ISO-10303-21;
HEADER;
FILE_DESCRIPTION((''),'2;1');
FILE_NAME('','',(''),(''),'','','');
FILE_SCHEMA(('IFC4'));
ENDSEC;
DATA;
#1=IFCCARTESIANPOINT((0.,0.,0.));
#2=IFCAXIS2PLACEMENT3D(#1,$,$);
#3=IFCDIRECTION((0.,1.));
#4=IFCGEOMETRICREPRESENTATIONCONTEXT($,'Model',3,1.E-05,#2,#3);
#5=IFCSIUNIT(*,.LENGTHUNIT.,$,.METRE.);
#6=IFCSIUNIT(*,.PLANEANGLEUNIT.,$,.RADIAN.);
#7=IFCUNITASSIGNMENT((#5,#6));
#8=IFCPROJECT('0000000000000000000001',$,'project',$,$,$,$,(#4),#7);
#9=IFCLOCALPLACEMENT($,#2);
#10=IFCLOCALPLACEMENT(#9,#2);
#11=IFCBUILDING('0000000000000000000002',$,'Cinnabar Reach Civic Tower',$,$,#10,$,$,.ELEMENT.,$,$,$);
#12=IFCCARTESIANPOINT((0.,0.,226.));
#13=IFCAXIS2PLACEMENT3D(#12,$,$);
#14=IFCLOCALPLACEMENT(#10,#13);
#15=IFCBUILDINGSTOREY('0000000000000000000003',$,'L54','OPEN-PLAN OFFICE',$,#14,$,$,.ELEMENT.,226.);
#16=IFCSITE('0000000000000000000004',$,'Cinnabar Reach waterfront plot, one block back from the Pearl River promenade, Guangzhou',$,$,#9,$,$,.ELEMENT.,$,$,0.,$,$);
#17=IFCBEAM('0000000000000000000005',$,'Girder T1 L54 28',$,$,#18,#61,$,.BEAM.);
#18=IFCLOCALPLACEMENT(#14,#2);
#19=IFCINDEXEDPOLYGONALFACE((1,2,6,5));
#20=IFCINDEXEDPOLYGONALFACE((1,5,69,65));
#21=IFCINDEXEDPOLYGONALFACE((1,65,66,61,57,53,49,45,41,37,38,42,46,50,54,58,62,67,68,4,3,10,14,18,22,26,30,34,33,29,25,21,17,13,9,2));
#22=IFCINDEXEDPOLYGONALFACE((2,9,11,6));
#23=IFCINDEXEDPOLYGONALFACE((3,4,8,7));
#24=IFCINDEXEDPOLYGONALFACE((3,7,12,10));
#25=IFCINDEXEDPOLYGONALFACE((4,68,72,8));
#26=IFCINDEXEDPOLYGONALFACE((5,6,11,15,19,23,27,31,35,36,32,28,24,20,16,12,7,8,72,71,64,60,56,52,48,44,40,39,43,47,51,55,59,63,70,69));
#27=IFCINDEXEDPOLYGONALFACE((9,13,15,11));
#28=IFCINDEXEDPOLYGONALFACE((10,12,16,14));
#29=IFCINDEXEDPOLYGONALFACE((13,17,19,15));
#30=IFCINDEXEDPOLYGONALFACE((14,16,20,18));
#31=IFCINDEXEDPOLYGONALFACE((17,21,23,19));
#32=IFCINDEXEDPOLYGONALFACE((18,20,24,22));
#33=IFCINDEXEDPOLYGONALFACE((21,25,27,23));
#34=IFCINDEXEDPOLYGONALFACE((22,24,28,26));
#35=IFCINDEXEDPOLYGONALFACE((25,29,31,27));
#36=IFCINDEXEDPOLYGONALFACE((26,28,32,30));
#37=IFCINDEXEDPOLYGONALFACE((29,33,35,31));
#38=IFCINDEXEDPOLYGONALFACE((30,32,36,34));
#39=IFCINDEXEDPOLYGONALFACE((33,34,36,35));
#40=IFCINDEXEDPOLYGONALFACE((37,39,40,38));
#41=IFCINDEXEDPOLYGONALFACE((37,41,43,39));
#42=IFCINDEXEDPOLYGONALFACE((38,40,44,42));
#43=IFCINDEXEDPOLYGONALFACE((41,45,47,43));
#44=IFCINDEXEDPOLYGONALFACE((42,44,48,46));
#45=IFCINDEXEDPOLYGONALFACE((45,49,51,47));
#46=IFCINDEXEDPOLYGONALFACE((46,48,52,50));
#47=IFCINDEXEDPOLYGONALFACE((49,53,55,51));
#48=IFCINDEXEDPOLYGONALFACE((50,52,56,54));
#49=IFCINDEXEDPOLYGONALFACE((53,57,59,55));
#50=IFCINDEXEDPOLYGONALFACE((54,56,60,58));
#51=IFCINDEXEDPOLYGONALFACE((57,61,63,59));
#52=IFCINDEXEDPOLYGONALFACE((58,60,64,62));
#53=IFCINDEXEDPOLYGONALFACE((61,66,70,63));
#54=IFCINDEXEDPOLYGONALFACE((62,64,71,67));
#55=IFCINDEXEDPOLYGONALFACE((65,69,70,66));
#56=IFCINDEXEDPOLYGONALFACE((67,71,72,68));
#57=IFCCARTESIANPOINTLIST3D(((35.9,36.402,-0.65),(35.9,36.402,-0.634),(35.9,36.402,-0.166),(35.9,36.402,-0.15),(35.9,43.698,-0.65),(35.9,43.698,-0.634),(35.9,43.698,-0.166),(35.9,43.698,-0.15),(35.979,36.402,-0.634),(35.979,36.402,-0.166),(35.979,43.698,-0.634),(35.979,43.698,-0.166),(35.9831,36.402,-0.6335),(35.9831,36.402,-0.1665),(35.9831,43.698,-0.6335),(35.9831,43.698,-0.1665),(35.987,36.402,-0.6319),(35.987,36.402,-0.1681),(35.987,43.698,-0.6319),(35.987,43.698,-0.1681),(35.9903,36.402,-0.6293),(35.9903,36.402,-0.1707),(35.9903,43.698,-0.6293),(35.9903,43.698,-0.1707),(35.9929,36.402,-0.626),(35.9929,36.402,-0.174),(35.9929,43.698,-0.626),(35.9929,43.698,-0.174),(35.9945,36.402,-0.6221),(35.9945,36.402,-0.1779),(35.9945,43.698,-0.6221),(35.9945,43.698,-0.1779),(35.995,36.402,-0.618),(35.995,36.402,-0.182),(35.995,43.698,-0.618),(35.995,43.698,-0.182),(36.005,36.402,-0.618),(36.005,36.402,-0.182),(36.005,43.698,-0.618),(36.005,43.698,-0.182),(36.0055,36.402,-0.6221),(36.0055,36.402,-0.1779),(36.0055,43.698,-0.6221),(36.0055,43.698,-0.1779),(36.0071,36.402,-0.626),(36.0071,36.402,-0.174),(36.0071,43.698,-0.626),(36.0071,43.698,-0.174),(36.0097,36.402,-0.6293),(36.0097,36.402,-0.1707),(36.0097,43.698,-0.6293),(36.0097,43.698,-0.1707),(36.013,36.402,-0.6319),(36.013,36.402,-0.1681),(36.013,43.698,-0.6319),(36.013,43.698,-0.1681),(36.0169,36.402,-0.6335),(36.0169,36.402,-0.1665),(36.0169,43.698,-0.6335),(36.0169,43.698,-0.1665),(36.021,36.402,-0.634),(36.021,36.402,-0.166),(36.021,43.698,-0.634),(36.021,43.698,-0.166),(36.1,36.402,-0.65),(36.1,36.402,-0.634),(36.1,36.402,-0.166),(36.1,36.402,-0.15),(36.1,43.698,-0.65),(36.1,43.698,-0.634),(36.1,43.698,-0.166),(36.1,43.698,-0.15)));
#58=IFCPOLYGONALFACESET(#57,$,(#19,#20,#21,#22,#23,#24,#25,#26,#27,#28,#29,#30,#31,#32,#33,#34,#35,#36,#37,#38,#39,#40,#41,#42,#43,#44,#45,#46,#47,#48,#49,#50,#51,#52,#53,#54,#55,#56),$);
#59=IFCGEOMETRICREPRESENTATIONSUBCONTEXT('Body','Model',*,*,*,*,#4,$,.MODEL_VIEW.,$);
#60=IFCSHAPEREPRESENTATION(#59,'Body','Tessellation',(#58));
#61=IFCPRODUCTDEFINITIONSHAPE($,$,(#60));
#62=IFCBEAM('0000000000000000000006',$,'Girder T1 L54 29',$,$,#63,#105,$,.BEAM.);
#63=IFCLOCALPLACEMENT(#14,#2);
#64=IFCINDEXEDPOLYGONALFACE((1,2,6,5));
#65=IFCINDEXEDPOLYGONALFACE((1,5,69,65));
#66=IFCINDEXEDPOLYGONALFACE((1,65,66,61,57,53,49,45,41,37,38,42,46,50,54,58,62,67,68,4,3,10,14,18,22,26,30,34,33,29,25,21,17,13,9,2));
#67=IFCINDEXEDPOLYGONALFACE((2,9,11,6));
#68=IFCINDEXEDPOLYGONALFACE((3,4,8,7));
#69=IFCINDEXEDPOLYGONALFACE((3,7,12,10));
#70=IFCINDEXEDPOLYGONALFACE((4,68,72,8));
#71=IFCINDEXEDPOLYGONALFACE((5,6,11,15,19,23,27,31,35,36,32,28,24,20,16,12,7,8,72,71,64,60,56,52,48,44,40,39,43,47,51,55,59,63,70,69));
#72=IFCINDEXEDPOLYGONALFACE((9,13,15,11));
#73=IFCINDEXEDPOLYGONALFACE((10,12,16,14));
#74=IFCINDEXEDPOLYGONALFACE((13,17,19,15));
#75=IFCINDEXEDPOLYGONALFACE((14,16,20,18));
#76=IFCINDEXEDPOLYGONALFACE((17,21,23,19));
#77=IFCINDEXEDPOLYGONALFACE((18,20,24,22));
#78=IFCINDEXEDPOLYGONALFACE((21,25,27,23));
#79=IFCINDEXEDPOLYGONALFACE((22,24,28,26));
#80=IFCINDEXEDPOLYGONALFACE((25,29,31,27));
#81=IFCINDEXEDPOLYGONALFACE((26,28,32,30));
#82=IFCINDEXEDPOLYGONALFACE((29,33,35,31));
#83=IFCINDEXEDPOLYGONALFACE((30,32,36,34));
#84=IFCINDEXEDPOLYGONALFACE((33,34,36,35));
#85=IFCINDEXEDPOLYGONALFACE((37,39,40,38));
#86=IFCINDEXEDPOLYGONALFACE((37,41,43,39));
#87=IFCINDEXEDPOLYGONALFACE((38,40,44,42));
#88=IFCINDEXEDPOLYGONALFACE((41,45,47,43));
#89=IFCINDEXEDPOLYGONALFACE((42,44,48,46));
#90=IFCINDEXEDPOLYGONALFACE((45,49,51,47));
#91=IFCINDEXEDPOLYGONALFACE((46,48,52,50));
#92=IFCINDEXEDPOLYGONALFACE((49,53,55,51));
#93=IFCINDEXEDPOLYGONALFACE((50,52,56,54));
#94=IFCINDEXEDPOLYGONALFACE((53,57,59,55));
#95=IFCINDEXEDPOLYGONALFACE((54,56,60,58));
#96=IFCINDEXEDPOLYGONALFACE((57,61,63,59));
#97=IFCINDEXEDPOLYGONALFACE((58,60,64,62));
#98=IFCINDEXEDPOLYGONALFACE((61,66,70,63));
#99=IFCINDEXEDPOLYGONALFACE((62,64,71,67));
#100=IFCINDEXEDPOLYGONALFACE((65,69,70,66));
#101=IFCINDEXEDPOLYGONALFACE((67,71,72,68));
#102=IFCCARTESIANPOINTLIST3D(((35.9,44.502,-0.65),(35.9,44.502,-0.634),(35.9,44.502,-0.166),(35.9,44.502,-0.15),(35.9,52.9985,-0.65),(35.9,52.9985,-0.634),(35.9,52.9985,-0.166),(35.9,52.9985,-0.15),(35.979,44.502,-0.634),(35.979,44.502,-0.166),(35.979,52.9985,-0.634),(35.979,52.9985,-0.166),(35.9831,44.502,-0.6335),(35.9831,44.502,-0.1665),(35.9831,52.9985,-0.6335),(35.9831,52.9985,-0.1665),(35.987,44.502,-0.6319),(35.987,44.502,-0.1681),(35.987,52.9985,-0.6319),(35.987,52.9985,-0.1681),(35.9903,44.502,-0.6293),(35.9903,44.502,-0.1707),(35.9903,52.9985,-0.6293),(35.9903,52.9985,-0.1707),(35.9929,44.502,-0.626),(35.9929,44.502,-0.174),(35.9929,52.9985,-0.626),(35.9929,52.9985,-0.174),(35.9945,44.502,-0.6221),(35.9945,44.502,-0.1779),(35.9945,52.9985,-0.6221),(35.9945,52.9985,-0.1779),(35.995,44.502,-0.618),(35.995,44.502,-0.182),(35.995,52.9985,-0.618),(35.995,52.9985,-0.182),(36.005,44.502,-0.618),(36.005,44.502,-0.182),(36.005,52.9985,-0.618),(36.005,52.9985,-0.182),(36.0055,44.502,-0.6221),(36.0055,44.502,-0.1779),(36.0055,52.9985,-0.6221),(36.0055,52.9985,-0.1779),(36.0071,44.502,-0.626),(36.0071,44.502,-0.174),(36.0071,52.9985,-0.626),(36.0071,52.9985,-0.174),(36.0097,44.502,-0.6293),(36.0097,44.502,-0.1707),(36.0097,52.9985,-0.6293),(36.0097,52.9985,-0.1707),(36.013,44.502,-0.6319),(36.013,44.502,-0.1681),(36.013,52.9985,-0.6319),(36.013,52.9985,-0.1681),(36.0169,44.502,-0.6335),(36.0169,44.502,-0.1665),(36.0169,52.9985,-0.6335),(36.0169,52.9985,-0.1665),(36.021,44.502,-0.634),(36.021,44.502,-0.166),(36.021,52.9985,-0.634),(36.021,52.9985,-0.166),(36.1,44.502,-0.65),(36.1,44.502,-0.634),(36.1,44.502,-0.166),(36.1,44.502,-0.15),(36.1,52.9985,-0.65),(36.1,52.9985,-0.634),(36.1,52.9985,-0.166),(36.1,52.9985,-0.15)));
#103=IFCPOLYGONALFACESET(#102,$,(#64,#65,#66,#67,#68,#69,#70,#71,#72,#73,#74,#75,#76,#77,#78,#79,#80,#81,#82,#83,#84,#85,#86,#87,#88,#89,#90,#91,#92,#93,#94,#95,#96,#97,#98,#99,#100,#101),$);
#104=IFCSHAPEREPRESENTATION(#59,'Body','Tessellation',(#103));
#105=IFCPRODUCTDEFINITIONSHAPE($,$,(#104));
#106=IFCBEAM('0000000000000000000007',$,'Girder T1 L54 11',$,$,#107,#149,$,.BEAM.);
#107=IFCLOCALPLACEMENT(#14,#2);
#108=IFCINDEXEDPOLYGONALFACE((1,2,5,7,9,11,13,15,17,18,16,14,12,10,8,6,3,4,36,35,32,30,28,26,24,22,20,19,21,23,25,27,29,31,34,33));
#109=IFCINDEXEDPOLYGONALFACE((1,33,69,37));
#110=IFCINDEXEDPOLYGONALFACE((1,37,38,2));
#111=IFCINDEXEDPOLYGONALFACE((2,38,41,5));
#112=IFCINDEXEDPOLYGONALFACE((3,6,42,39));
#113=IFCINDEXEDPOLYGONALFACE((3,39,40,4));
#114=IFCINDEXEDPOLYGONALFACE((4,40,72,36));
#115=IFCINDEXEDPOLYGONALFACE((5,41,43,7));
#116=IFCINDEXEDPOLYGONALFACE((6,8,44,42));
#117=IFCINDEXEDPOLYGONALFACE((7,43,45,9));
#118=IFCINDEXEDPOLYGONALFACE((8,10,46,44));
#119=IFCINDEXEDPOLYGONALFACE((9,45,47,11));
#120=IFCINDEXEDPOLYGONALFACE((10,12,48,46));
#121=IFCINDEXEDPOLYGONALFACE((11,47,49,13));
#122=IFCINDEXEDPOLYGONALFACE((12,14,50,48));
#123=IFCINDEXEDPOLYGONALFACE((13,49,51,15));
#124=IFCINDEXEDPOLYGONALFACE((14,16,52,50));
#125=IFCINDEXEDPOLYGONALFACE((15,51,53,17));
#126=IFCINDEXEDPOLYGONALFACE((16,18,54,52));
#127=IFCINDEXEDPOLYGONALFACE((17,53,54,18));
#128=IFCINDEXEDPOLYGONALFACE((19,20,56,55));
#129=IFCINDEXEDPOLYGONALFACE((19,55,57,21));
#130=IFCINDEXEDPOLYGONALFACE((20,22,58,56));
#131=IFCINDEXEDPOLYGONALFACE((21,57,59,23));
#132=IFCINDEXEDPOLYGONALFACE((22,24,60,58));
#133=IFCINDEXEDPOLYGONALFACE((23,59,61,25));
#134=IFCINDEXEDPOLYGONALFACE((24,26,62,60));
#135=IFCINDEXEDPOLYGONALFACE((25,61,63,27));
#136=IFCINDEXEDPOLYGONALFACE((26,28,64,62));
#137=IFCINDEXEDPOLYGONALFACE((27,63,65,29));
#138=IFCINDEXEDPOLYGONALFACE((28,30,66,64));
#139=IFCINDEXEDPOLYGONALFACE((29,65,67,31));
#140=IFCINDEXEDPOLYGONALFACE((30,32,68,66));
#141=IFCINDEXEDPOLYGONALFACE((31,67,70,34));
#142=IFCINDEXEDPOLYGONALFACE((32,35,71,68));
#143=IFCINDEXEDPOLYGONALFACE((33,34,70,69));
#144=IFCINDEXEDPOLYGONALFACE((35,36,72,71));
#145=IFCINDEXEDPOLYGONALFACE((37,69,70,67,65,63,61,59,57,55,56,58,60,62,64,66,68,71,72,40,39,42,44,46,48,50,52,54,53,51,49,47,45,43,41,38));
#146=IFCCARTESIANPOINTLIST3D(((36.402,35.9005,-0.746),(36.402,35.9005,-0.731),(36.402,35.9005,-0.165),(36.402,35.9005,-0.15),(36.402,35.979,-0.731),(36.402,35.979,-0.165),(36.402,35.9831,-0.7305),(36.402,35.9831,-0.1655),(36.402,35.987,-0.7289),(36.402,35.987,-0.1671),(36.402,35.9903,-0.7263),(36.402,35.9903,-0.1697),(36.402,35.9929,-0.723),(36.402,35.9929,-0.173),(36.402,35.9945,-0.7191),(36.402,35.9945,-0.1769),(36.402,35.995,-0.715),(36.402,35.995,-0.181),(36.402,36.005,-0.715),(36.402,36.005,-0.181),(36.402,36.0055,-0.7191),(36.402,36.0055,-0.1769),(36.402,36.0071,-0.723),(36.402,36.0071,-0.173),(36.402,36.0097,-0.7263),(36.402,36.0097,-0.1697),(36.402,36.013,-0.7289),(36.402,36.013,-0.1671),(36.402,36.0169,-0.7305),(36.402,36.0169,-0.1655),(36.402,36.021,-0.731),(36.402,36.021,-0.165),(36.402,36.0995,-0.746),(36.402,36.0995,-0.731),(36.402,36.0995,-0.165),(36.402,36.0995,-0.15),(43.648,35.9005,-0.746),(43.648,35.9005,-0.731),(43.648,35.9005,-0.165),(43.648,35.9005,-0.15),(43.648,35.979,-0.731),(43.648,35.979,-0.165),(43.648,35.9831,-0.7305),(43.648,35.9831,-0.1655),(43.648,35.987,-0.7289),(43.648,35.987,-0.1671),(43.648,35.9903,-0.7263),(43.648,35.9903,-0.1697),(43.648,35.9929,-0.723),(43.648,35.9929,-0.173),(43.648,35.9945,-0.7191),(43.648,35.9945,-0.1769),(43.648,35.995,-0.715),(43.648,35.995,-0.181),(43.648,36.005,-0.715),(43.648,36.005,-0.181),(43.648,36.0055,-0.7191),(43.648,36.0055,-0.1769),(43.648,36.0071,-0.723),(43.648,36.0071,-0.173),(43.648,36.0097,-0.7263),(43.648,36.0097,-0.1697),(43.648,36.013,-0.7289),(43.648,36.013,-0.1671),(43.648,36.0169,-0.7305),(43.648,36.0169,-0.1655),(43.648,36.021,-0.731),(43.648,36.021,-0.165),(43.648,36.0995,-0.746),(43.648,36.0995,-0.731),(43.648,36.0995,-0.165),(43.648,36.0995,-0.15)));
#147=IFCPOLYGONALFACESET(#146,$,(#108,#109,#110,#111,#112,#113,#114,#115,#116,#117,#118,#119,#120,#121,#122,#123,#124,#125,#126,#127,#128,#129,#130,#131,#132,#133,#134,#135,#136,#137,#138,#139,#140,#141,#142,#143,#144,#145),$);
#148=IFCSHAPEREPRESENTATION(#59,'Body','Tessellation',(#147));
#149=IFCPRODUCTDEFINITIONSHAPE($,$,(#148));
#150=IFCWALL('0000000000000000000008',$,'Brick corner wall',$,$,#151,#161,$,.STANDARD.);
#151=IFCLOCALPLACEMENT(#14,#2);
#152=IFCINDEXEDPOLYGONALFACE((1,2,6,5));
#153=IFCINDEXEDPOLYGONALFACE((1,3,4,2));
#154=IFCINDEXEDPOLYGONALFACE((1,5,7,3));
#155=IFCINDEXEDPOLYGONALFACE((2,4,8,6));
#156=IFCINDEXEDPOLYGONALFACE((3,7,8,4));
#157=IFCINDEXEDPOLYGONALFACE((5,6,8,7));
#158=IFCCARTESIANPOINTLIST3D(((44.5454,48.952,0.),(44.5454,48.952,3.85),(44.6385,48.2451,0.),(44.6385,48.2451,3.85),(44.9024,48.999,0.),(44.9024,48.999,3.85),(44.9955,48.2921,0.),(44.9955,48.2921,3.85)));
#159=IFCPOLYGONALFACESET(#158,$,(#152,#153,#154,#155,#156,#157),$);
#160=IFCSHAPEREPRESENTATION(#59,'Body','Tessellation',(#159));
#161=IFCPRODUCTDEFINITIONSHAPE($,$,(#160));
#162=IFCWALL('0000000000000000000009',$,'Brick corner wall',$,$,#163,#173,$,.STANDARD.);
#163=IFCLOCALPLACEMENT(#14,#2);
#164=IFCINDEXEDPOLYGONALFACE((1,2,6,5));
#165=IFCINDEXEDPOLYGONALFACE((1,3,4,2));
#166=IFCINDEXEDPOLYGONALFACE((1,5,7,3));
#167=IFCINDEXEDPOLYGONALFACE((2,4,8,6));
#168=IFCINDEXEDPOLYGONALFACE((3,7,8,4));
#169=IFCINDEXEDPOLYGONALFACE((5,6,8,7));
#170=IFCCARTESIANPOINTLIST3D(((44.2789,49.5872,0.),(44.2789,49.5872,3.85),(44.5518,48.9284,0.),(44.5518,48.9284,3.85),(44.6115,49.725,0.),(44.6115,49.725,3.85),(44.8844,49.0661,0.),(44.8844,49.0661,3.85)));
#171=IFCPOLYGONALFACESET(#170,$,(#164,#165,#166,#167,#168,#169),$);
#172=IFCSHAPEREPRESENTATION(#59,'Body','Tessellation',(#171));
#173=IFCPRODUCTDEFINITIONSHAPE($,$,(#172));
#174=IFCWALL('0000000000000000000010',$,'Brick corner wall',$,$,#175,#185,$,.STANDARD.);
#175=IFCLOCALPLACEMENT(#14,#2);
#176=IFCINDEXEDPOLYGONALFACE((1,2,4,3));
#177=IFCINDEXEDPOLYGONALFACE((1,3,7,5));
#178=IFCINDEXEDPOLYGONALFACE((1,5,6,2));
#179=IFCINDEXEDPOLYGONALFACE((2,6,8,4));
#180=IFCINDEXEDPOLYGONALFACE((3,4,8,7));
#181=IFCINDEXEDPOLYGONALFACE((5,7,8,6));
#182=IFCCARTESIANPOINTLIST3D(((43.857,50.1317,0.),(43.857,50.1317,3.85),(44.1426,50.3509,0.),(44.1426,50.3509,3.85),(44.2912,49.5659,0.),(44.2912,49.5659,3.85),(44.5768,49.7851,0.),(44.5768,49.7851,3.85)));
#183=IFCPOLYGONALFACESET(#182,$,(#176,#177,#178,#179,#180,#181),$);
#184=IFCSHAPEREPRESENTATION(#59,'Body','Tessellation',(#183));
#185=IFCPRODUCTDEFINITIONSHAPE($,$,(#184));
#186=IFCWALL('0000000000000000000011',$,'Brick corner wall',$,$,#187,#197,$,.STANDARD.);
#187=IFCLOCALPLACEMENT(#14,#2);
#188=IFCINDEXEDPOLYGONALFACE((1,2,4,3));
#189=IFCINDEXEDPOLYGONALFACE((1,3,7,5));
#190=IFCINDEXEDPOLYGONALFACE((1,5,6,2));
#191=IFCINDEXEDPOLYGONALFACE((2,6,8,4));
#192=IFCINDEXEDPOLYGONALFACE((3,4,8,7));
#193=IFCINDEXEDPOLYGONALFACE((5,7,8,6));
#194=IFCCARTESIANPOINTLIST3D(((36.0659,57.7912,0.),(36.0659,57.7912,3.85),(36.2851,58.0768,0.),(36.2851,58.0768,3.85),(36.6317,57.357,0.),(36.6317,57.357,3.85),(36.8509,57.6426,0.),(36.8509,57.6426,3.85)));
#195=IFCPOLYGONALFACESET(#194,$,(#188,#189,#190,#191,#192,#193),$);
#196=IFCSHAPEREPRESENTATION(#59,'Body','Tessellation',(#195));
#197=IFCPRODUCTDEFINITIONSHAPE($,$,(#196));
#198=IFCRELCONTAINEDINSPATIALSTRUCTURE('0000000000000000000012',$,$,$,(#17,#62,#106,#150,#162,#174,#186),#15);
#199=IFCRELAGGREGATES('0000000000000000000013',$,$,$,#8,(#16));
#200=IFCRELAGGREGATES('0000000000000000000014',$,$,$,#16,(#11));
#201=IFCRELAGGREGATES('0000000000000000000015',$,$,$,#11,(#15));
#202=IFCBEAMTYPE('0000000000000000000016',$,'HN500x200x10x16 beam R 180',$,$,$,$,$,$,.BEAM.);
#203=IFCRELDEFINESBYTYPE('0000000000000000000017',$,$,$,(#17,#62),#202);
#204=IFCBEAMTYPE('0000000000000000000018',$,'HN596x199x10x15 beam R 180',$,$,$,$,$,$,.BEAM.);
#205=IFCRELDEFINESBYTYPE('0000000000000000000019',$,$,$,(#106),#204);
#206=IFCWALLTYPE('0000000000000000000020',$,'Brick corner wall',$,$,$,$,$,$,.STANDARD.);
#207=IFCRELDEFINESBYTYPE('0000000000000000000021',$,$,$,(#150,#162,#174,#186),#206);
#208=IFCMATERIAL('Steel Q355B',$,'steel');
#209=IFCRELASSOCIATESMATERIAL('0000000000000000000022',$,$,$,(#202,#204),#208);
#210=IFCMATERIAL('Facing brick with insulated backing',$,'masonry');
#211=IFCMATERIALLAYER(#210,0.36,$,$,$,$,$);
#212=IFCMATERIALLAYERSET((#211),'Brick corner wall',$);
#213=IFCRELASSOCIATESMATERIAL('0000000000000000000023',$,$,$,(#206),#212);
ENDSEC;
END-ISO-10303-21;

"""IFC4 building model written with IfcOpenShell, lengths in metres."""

from ifc_helpers import new_model, si_unit, direction, frame, frame_2d, origin, origin_2d, place, context, subcontext, project, spatial, rectangle, i_section, extrude, material, layer, layer_set, material_profile, profile_set, type_object, element, save


model = new_model("IFC4")

# Units and contexts
model_context = context("Model", 3, precision=1e-05, world=origin(), true_north=direction((0.0, 1.0)))
body_context = subcontext(model_context, "Body", "Model", "MODEL_VIEW")
ifc_project = project(units=[si_unit("LENGTHUNIT", "METRE"), si_unit("PLANEANGLEUNIT", "RADIAN")], contexts=[model_context])

# Site, building, storey
site_placement = place(None, origin())
site = spatial("IfcSite", under=ifc_project, at=site_placement, Name="Cinnabar Reach waterfront plot, one block back from the Pearl River promenade, Guangzhou", CompositionType="ELEMENT", RefElevation=0.0)
building_placement = place(site_placement, origin())
building = spatial("IfcBuilding", under=site, at=building_placement, Name="Cinnabar Reach Civic Tower", CompositionType="ELEMENT")
storey_placement = place(building_placement, frame((0.0, 0.0, 226.0)))
storey = spatial("IfcBuildingStorey", under=building, at=storey_placement, Name="L54", Description="OPEN-PLAN OFFICE", CompositionType="ELEMENT", Elevation=226.0)

# Beams
ifc_material_1 = material(Name="Steel Q355B", Category="steel")
ifc_material_profile_1 = material_profile(ifc_material_1, i_section(OverallWidth=0.2, OverallDepth=0.5, WebThickness=0.01, FlangeThickness=0.016, FilletRadius=0.016, at=origin_2d()), Name="HN500x200x10x16")
ifc_profile_set_1 = profile_set([ifc_material_profile_1], Name="Steel Q355B")
beam_type_1 = type_object("IfcBeamType", Name="HN500x200x10x16 beam R 180", PredefinedType="BEAM", material=ifc_profile_set_1)
beam_1_placement = place(storey_placement, frame((36.0, 36.402, -0.4), z_axis=(0.0, 1.0, 0.0), x_axis=(-1.0, 0.0, 0.0)))
element("IfcBeam", 1, at=beam_1_placement, inside=storey, type_object=beam_type_1, Name="Girder T1 L54 28", PredefinedType="BEAM", context=body_context, shape_type="SweptSolid", body=[
    extrude(i_section(OverallWidth=0.2, OverallDepth=0.5, WebThickness=0.01, FlangeThickness=0.016, FilletRadius=0.016, at=origin_2d()), origin(), (0.0, 0.0, 1.0), 7.296),
])
beam_2_placement = place(storey_placement, frame((36.0, 44.502, -0.4), z_axis=(0.0, 1.0, 0.0), x_axis=(-1.0, 0.0, 0.0)))
element("IfcBeam", 2, at=beam_2_placement, inside=storey, type_object=beam_type_1, Name="Girder T1 L54 29", PredefinedType="BEAM", context=body_context, shape_type="SweptSolid", body=[
    extrude(i_section(OverallWidth=0.2, OverallDepth=0.5, WebThickness=0.01, FlangeThickness=0.016, FilletRadius=0.016, at=origin_2d()), origin(), (0.0, 0.0, 1.0), 8.4965),
])
ifc_material_profile_2 = material_profile(ifc_material_1, i_section(OverallWidth=0.199, OverallDepth=0.596, WebThickness=0.01, FlangeThickness=0.015, FilletRadius=0.016, at=origin_2d()), Name="HN596x199x10x15")
ifc_profile_set_2 = profile_set([ifc_material_profile_2], Name="Steel Q355B")
beam_type_2 = type_object("IfcBeamType", Name="HN596x199x10x15 beam R 180", PredefinedType="BEAM", material=ifc_profile_set_2)
beam_3_placement = place(storey_placement, frame((36.402, 36.0, -0.448), z_axis=(1.0, 0.0, 0.0), x_axis=(0.0, 1.0, 0.0)))
element("IfcBeam", 3, at=beam_3_placement, inside=storey, type_object=beam_type_2, Name="Girder T1 L54 11", PredefinedType="BEAM", context=body_context, shape_type="SweptSolid", body=[
    extrude(i_section(OverallWidth=0.199, OverallDepth=0.596, WebThickness=0.01, FlangeThickness=0.015, FilletRadius=0.016, at=origin_2d()), origin(), (0.0, 0.0, 1.0), 7.246),
])

# Walls
ifc_material_2 = material(Name="Facing brick with insulated backing", Category="masonry")
ifc_layer_1 = layer(ifc_material_2, 0.36)
ifc_layer_set_1 = layer_set([ifc_layer_1], Name="Brick corner wall")
wall_type_1 = type_object("IfcWallType", Name="Brick corner wall", PredefinedType="STANDARD", material=ifc_layer_set_1)
for number, where, z_axis, x_axis, name in (
    (4, (44.817, 48.2686, 0.0), (0.0, 0.0, 1.0), (-0.130556, 0.991441, 0.0), "Brick corner wall"),
    (5, (44.7181, 48.9973, 0.0), (0.0, 0.0, 1.0), (-0.382703, 0.923872, 0.0), "Brick corner wall"),
):
    element("IfcWall", number, at=place(storey_placement, frame(where, z_axis=z_axis, x_axis=x_axis)), inside=storey, type_object=wall_type_1, Name=name, PredefinedType="STANDARD", context=body_context, shape_type="SweptSolid", body=[
        extrude(rectangle(XDim=0.7131, YDim=0.36, at=frame_2d((0.3565, 0.0))), origin(), (0.0, 0.0, 1.0), 3.85),
    ])
for number, where, z_axis, x_axis, name in (
    (6, (44.434, 49.6755, 0.0), (0.0, 0.0, 1.0), (-0.608802, 0.793322, 0.0), "Brick corner wall"),
    (7, (36.7413, 57.4998, 0.0), (0.0, 0.0, 1.0), (-0.793322, 0.608802, 0.0), "Brick corner wall"),
):
    element("IfcWall", number, at=place(storey_placement, frame(where, z_axis=z_axis, x_axis=x_axis)), inside=storey, type_object=wall_type_1, Name=name, PredefinedType="STANDARD", context=body_context, shape_type="SweptSolid", body=[
        extrude(rectangle(XDim=0.7132, YDim=0.36, at=frame_2d((0.3566, 0.0))), origin(), (0.0, 0.0, 1.0), 3.85),
    ])

save(model, "model.ifc")
